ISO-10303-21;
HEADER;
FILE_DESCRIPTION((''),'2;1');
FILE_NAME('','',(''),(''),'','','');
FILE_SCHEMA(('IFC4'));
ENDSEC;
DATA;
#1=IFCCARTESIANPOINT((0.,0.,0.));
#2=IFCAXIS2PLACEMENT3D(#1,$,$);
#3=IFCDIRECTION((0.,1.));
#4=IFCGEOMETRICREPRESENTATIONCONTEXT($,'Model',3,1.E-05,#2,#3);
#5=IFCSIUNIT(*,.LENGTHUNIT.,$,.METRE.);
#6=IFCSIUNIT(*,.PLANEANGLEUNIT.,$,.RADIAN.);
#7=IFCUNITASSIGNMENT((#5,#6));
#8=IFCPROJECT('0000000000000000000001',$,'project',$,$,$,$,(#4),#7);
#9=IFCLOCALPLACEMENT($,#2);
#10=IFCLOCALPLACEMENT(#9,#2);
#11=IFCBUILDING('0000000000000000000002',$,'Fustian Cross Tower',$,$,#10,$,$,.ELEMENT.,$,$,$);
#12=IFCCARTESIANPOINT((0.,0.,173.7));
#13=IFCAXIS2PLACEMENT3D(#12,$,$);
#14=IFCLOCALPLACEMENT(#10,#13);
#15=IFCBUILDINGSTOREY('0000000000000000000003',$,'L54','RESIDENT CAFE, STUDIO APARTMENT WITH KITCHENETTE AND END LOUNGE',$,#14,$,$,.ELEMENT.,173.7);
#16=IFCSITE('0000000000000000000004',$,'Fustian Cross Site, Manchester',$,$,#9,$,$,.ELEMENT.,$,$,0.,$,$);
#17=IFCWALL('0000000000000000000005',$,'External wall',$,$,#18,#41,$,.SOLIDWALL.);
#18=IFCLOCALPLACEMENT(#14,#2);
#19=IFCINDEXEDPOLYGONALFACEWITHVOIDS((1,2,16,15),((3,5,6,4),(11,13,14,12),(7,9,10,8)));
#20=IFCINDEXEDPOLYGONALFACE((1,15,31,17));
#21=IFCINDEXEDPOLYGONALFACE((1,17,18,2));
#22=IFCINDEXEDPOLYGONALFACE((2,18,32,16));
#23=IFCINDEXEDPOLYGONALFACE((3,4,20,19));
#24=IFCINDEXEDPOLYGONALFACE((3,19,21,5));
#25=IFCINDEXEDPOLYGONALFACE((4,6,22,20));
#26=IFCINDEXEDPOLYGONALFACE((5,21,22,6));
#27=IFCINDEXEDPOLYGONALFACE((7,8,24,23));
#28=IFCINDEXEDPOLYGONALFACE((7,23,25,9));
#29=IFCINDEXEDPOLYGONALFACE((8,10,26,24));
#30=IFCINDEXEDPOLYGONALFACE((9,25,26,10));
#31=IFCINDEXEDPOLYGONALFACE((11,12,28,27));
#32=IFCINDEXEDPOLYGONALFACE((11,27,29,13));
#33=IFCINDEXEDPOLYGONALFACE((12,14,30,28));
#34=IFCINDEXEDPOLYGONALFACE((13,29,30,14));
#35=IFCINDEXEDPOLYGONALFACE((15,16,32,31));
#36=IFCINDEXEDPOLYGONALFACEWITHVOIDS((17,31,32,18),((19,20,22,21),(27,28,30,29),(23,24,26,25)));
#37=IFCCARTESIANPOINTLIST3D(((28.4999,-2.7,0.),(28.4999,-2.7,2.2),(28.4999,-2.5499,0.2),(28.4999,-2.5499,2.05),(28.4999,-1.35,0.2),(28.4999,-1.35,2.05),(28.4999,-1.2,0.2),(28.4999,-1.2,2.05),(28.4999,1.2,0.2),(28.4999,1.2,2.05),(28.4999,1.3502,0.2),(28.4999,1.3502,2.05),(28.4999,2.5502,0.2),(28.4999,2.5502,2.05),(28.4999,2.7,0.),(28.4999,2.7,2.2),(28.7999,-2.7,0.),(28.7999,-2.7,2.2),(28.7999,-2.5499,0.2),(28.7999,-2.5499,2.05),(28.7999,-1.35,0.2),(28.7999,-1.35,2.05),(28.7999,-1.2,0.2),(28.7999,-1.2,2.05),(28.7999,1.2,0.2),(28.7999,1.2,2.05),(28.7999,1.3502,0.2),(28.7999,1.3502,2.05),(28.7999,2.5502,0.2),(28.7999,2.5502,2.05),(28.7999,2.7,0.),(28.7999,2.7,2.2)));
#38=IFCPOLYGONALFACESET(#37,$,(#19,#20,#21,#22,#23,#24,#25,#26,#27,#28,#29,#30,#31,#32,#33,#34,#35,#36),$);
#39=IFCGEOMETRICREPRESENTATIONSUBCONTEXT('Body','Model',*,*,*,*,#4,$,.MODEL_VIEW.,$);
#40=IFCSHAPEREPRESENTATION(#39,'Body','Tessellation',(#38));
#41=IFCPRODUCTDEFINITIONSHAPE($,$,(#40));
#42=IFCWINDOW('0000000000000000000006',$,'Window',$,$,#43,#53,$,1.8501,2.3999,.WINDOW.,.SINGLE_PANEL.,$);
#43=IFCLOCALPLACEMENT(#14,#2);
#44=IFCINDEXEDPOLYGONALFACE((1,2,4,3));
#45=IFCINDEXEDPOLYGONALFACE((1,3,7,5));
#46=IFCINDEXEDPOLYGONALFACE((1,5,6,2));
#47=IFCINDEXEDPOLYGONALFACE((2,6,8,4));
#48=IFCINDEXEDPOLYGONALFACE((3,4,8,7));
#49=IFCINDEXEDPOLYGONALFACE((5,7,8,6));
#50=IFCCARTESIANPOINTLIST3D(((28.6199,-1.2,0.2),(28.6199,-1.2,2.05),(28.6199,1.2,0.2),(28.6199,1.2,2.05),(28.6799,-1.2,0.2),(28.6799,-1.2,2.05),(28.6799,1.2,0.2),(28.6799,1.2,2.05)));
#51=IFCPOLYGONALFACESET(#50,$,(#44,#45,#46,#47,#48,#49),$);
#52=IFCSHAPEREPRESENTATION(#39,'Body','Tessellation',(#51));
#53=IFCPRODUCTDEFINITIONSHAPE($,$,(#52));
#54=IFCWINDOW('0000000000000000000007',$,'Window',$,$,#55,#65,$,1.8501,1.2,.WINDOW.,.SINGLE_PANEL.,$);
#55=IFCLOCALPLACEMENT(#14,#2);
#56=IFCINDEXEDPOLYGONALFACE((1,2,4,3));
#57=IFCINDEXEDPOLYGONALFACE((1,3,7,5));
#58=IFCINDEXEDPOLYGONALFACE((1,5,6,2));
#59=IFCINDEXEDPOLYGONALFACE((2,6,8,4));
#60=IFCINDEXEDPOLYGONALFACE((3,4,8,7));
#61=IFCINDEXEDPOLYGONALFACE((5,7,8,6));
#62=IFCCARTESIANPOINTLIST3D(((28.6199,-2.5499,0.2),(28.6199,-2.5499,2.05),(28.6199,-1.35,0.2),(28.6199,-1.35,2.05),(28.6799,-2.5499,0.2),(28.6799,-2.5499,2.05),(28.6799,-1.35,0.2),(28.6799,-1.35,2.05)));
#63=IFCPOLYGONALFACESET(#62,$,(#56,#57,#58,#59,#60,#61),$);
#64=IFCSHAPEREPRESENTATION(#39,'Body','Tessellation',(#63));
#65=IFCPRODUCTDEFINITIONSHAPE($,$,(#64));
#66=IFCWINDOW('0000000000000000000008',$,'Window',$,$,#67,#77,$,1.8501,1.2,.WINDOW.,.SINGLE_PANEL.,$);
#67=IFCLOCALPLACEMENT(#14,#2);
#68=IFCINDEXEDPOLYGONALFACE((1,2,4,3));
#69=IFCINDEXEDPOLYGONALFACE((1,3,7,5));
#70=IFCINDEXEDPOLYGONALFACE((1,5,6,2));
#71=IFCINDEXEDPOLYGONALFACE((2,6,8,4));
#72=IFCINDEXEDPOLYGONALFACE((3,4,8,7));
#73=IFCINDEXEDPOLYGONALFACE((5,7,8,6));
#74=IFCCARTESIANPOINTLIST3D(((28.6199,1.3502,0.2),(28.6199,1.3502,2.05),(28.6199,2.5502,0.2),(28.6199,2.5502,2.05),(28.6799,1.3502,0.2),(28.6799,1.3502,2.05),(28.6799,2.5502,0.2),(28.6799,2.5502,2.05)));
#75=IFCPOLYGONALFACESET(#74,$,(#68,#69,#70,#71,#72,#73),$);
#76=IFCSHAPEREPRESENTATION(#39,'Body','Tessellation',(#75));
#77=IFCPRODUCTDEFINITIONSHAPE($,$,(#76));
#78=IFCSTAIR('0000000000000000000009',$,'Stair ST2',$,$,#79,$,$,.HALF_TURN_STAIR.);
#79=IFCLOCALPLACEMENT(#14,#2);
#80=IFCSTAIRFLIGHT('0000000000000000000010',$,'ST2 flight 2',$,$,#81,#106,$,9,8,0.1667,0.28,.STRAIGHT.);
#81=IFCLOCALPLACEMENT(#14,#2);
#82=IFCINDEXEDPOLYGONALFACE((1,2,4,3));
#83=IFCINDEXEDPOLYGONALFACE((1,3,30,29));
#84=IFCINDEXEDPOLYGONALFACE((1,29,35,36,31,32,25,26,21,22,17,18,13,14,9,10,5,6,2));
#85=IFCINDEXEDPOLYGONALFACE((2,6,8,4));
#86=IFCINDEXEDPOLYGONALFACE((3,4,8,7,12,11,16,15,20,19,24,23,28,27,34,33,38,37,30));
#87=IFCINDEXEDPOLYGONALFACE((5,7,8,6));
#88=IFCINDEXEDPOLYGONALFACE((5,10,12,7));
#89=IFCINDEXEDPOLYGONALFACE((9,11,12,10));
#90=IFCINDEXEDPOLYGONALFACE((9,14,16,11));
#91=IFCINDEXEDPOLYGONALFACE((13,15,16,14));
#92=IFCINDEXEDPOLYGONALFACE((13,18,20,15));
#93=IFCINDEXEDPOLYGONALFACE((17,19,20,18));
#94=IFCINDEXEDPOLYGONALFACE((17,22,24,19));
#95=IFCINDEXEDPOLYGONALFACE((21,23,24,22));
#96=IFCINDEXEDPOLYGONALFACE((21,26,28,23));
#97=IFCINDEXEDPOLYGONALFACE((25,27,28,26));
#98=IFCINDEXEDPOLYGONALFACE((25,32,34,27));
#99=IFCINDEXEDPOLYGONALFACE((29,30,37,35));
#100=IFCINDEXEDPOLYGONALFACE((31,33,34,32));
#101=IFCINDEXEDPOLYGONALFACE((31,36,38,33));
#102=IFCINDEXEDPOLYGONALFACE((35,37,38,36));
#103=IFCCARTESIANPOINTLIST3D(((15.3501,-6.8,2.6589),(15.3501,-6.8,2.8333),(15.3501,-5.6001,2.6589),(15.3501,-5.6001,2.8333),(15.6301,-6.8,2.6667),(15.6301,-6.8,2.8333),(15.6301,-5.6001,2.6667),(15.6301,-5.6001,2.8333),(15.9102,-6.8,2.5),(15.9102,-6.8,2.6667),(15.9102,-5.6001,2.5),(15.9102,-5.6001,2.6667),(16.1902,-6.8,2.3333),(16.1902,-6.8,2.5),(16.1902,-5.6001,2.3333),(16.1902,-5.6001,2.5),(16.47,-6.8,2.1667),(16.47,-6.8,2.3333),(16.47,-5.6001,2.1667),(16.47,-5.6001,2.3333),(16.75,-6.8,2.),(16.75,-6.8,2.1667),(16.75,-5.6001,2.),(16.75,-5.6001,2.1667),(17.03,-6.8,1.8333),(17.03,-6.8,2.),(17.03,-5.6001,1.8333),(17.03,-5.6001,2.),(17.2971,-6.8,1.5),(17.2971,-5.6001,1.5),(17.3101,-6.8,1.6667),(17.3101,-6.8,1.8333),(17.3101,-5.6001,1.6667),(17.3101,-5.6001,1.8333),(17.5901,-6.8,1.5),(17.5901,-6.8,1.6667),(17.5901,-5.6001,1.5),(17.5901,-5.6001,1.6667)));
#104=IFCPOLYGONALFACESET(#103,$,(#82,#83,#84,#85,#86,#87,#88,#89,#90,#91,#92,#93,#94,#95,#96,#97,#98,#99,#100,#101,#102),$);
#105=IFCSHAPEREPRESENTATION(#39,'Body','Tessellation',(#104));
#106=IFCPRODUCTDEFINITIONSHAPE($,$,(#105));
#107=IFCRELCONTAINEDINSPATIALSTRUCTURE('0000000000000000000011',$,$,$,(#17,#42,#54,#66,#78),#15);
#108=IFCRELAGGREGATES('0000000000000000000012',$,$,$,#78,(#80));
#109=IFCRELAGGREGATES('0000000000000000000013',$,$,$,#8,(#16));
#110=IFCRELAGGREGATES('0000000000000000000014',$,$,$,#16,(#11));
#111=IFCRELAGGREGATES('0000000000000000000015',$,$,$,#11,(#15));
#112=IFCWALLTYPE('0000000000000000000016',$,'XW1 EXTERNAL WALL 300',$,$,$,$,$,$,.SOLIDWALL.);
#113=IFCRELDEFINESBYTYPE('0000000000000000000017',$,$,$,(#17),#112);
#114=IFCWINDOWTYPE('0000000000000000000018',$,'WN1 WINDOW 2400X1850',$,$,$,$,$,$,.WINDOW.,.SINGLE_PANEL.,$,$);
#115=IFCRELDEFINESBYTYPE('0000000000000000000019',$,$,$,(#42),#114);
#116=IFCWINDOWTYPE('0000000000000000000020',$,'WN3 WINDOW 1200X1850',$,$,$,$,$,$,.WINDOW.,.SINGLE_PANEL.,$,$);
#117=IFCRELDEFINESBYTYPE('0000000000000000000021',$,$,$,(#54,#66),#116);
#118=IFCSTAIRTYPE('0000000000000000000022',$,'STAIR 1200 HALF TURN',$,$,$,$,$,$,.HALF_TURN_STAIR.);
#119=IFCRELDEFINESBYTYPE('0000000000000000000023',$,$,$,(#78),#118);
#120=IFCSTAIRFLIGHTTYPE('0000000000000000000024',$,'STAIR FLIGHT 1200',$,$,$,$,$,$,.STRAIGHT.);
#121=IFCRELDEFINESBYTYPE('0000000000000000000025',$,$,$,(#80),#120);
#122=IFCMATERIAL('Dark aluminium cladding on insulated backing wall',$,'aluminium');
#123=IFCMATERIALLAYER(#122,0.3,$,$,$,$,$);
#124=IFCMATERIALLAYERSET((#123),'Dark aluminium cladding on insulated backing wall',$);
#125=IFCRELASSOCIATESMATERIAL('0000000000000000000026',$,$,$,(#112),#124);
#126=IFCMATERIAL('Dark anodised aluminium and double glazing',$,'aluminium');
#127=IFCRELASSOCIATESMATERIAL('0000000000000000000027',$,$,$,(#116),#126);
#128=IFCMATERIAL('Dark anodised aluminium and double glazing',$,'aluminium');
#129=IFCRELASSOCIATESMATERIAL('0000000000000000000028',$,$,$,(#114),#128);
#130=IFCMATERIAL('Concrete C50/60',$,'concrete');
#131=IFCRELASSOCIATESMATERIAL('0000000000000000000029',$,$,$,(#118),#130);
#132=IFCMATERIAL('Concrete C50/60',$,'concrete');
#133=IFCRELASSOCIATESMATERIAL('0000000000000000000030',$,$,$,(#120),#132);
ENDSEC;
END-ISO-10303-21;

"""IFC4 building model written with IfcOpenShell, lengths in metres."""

from ifc_helpers import new_model, si_unit, direction, frame, frame_2d, origin, place, context, subcontext, project, spatial, polyline, rectangle, outline, extrude, material, layer, layer_set, type_object, element, fill, aggregate, save


model = new_model("IFC4")

# Units and contexts
model_context = context("Model", 3, precision=1e-05, world=origin(), true_north=direction((0.0, 1.0)))
body_context = subcontext(model_context, "Body", "Model", "MODEL_VIEW")
ifc_project = project(units=[si_unit("LENGTHUNIT", "METRE"), si_unit("PLANEANGLEUNIT", "RADIAN")], contexts=[model_context])

# Site, building, storey
site_placement = place(None, origin())
site = spatial("IfcSite", under=ifc_project, at=site_placement, Name="Fustian Cross Site, Manchester", CompositionType="ELEMENT", RefElevation=0.0)
building_placement = place(site_placement, origin())
building = spatial("IfcBuilding", under=site, at=building_placement, Name="Fustian Cross Tower", CompositionType="ELEMENT")
storey_placement = place(building_placement, frame((0.0, 0.0, 173.7)))
storey = spatial("IfcBuildingStorey", under=building, at=storey_placement, Name="L54", Description="RESIDENT CAFE, STUDIO APARTMENT WITH KITCHENETTE AND END LOUNGE", CompositionType="ELEMENT", Elevation=173.7)

# Shared definitions
ifc_material_1 = material(Name="Dark aluminium cladding on insulated backing wall", Category="aluminium")
ifc_layer_1 = layer(ifc_material_1, 0.3)
ifc_layer_set_1 = layer_set([ifc_layer_1], Name="Dark aluminium cladding on insulated backing wall")
wall_type_1 = type_object("IfcWallType", Name="XW1 EXTERNAL WALL 300", PredefinedType="SOLIDWALL", material=ifc_layer_set_1)
ifc_material_2 = material(Name="Dark anodised aluminium and double glazing", Category="aluminium")
window_type_1 = type_object("IfcWindowType", Name="WN3 WINDOW 1200X1850", PartitioningType="SINGLE_PANEL", PredefinedType="WINDOW", material=ifc_material_2)

# Wall, openings, windows
wall_1_placement = place(storey_placement, frame((28.6499, -2.7, 0.0), z_axis=(0.0, 0.0, 1.0), x_axis=(0.0, 1.0, 0.0)))
wall_1 = element("IfcWall", 1, at=wall_1_placement, inside=storey, type_object=wall_type_1, Name="External wall", PredefinedType="SOLIDWALL", context=body_context, shape_type="SweptSolid", body=[
    extrude(rectangle(XDim=5.3999, YDim=0.3, at=frame_2d((2.7, 0.0))), origin(), (0.0, 0.0, 1.0), 2.2),
])
opening_1_placement = place(wall_1_placement, frame((1.5, 0.0, 0.2)))
opening_1 = element("IfcOpeningElement", 2, at=opening_1_placement, cuts=wall_1, PredefinedType="OPENING", context=body_context, shape_type="SweptSolid", body=[
    extrude(rectangle(XDim=2.3999, YDim=1.8501, at=frame_2d((1.2, 0.925))), frame((0.0, 0.1599, 0.0), z_axis=(0.0, -1.0, 0.0), x_axis=(1.0, 0.0, 0.0)), (0.0, 0.0, 1.0), 0.3201),
])
opening_2_placement = place(wall_1_placement, frame((0.1499, 0.0, 0.2)))
opening_2 = element("IfcOpeningElement", 3, at=opening_2_placement, cuts=wall_1, PredefinedType="OPENING", context=body_context, shape_type="SweptSolid", body=[
    extrude(rectangle(XDim=1.2, YDim=1.8501, at=frame_2d((0.6001, 0.925))), frame((0.0, 0.1599, 0.0), z_axis=(0.0, -1.0, 0.0), x_axis=(1.0, 0.0, 0.0)), (0.0, 0.0, 1.0), 0.3201),
])
opening_3_placement = place(wall_1_placement, frame((4.05, 0.0, 0.2)))
opening_3 = element("IfcOpeningElement", 4, at=opening_3_placement, cuts=wall_1, PredefinedType="OPENING", context=body_context, shape_type="SweptSolid", body=[
    extrude(rectangle(XDim=1.2, YDim=1.8501, at=frame_2d((0.6001, 0.925))), frame((0.0, 0.1599, 0.0), z_axis=(0.0, -1.0, 0.0), x_axis=(1.0, 0.0, 0.0)), (0.0, 0.0, 1.0), 0.3201),
])
ifc_material_3 = material(Name="Dark anodised aluminium and double glazing", Category="aluminium")
window_type_2 = type_object("IfcWindowType", Name="WN1 WINDOW 2400X1850", PartitioningType="SINGLE_PANEL", PredefinedType="WINDOW", material=ifc_material_3)
window_1_placement = place(opening_1_placement, origin())
window_1 = element("IfcWindow", 5, at=window_1_placement, inside=storey, type_object=window_type_2, Name="Window", OverallHeight=1.8501, OverallWidth=2.3999, PartitioningType="SINGLE_PANEL", PredefinedType="WINDOW", context=body_context, shape_type="SweptSolid", body=[
    extrude(rectangle(XDim=2.3999, YDim=1.8501, at=frame_2d((1.2, 0.925))), frame((0.0, 0.03, 0.0), z_axis=(0.0, -1.0, 0.0), x_axis=(1.0, 0.0, 0.0)), (0.0, 0.0, 1.0), 0.0601),
])
fill(opening_1, window_1)
window_2_placement = place(opening_2_placement, origin())
window_2 = element("IfcWindow", 6, at=window_2_placement, inside=storey, type_object=window_type_1, Name="Window", OverallHeight=1.8501, OverallWidth=1.2, PartitioningType="SINGLE_PANEL", PredefinedType="WINDOW", context=body_context, shape_type="SweptSolid", body=[
    extrude(rectangle(XDim=1.2, YDim=1.8501, at=frame_2d((0.6001, 0.925))), frame((0.0, 0.03, 0.0), z_axis=(0.0, -1.0, 0.0), x_axis=(1.0, 0.0, 0.0)), (0.0, 0.0, 1.0), 0.0601),
])
fill(opening_2, window_2)
window_3_placement = place(opening_3_placement, origin())
window_3 = element("IfcWindow", 7, at=window_3_placement, inside=storey, type_object=window_type_1, Name="Window", OverallHeight=1.8501, OverallWidth=1.2, PartitioningType="SINGLE_PANEL", PredefinedType="WINDOW", context=body_context, shape_type="SweptSolid", body=[
    extrude(rectangle(XDim=1.2, YDim=1.8501, at=frame_2d((0.6001, 0.925))), frame((0.0, 0.03, 0.0), z_axis=(0.0, -1.0, 0.0), x_axis=(1.0, 0.0, 0.0)), (0.0, 0.0, 1.0), 0.0601),
])
fill(opening_3, window_3)

# Stair, stair flight
ifc_material_4 = material(Name="Concrete C50/60", Category="concrete")
stair_type = type_object("IfcStairType", Name="STAIR 1200 HALF TURN", PredefinedType="HALF_TURN_STAIR", material=ifc_material_4)
stair_placement = place(storey_placement, origin())
stair = element("IfcStair", 8, at=stair_placement, inside=storey, type_object=stair_type, Name="Stair ST2", PredefinedType="HALF_TURN_STAIR")
ifc_material_5 = material(Name="Concrete C50/60", Category="concrete")
stair_flight_type = type_object("IfcStairFlightType", Name="STAIR FLIGHT 1200", PredefinedType="STRAIGHT", material=ifc_material_5)
stair_flight_placement = place(storey_placement, frame((17.5901, -6.2, 1.5), z_axis=(0.0, 0.0, 1.0), x_axis=(-1.0, 0.0, 0.0)))
stair_flight = element("IfcStairFlight", 9, at=stair_flight_placement, type_object=stair_flight_type, Name="ST2 flight 2", NumberOfRisers=9, NumberOfTreads=8, PredefinedType="STRAIGHT", RiserHeight=0.1667, TreadLength=0.28, context=body_context, shape_type="SweptSolid", body=[
    extrude(outline(polyline([(0.0, 0.0), (0.0, 0.1667), (0.28, 0.1667), (0.28, 0.3333), (0.5601, 0.3333), (0.5601, 0.5), (0.8401, 0.5), (0.8401, 0.6667), (1.1201, 0.6667), (1.1201, 0.8333), (1.3999, 0.8333), (1.3999, 1.0), (1.6799, 1.0), (1.6799, 1.1667), (1.96, 1.1667), (1.96, 1.3333), (2.24, 1.3333), (2.24, 1.5), (2.24, 1.1589), (0.293, 0.0), (0.0, 0.0)])), frame((0.0, 0.6001, 0.0), z_axis=(0.0, -1.0, 0.0), x_axis=(1.0, 0.0, 0.0)), (0.0, 0.0, 1.0), 1.2),
])
aggregate(stair, [stair_flight])

save(model, "model.ifc")
